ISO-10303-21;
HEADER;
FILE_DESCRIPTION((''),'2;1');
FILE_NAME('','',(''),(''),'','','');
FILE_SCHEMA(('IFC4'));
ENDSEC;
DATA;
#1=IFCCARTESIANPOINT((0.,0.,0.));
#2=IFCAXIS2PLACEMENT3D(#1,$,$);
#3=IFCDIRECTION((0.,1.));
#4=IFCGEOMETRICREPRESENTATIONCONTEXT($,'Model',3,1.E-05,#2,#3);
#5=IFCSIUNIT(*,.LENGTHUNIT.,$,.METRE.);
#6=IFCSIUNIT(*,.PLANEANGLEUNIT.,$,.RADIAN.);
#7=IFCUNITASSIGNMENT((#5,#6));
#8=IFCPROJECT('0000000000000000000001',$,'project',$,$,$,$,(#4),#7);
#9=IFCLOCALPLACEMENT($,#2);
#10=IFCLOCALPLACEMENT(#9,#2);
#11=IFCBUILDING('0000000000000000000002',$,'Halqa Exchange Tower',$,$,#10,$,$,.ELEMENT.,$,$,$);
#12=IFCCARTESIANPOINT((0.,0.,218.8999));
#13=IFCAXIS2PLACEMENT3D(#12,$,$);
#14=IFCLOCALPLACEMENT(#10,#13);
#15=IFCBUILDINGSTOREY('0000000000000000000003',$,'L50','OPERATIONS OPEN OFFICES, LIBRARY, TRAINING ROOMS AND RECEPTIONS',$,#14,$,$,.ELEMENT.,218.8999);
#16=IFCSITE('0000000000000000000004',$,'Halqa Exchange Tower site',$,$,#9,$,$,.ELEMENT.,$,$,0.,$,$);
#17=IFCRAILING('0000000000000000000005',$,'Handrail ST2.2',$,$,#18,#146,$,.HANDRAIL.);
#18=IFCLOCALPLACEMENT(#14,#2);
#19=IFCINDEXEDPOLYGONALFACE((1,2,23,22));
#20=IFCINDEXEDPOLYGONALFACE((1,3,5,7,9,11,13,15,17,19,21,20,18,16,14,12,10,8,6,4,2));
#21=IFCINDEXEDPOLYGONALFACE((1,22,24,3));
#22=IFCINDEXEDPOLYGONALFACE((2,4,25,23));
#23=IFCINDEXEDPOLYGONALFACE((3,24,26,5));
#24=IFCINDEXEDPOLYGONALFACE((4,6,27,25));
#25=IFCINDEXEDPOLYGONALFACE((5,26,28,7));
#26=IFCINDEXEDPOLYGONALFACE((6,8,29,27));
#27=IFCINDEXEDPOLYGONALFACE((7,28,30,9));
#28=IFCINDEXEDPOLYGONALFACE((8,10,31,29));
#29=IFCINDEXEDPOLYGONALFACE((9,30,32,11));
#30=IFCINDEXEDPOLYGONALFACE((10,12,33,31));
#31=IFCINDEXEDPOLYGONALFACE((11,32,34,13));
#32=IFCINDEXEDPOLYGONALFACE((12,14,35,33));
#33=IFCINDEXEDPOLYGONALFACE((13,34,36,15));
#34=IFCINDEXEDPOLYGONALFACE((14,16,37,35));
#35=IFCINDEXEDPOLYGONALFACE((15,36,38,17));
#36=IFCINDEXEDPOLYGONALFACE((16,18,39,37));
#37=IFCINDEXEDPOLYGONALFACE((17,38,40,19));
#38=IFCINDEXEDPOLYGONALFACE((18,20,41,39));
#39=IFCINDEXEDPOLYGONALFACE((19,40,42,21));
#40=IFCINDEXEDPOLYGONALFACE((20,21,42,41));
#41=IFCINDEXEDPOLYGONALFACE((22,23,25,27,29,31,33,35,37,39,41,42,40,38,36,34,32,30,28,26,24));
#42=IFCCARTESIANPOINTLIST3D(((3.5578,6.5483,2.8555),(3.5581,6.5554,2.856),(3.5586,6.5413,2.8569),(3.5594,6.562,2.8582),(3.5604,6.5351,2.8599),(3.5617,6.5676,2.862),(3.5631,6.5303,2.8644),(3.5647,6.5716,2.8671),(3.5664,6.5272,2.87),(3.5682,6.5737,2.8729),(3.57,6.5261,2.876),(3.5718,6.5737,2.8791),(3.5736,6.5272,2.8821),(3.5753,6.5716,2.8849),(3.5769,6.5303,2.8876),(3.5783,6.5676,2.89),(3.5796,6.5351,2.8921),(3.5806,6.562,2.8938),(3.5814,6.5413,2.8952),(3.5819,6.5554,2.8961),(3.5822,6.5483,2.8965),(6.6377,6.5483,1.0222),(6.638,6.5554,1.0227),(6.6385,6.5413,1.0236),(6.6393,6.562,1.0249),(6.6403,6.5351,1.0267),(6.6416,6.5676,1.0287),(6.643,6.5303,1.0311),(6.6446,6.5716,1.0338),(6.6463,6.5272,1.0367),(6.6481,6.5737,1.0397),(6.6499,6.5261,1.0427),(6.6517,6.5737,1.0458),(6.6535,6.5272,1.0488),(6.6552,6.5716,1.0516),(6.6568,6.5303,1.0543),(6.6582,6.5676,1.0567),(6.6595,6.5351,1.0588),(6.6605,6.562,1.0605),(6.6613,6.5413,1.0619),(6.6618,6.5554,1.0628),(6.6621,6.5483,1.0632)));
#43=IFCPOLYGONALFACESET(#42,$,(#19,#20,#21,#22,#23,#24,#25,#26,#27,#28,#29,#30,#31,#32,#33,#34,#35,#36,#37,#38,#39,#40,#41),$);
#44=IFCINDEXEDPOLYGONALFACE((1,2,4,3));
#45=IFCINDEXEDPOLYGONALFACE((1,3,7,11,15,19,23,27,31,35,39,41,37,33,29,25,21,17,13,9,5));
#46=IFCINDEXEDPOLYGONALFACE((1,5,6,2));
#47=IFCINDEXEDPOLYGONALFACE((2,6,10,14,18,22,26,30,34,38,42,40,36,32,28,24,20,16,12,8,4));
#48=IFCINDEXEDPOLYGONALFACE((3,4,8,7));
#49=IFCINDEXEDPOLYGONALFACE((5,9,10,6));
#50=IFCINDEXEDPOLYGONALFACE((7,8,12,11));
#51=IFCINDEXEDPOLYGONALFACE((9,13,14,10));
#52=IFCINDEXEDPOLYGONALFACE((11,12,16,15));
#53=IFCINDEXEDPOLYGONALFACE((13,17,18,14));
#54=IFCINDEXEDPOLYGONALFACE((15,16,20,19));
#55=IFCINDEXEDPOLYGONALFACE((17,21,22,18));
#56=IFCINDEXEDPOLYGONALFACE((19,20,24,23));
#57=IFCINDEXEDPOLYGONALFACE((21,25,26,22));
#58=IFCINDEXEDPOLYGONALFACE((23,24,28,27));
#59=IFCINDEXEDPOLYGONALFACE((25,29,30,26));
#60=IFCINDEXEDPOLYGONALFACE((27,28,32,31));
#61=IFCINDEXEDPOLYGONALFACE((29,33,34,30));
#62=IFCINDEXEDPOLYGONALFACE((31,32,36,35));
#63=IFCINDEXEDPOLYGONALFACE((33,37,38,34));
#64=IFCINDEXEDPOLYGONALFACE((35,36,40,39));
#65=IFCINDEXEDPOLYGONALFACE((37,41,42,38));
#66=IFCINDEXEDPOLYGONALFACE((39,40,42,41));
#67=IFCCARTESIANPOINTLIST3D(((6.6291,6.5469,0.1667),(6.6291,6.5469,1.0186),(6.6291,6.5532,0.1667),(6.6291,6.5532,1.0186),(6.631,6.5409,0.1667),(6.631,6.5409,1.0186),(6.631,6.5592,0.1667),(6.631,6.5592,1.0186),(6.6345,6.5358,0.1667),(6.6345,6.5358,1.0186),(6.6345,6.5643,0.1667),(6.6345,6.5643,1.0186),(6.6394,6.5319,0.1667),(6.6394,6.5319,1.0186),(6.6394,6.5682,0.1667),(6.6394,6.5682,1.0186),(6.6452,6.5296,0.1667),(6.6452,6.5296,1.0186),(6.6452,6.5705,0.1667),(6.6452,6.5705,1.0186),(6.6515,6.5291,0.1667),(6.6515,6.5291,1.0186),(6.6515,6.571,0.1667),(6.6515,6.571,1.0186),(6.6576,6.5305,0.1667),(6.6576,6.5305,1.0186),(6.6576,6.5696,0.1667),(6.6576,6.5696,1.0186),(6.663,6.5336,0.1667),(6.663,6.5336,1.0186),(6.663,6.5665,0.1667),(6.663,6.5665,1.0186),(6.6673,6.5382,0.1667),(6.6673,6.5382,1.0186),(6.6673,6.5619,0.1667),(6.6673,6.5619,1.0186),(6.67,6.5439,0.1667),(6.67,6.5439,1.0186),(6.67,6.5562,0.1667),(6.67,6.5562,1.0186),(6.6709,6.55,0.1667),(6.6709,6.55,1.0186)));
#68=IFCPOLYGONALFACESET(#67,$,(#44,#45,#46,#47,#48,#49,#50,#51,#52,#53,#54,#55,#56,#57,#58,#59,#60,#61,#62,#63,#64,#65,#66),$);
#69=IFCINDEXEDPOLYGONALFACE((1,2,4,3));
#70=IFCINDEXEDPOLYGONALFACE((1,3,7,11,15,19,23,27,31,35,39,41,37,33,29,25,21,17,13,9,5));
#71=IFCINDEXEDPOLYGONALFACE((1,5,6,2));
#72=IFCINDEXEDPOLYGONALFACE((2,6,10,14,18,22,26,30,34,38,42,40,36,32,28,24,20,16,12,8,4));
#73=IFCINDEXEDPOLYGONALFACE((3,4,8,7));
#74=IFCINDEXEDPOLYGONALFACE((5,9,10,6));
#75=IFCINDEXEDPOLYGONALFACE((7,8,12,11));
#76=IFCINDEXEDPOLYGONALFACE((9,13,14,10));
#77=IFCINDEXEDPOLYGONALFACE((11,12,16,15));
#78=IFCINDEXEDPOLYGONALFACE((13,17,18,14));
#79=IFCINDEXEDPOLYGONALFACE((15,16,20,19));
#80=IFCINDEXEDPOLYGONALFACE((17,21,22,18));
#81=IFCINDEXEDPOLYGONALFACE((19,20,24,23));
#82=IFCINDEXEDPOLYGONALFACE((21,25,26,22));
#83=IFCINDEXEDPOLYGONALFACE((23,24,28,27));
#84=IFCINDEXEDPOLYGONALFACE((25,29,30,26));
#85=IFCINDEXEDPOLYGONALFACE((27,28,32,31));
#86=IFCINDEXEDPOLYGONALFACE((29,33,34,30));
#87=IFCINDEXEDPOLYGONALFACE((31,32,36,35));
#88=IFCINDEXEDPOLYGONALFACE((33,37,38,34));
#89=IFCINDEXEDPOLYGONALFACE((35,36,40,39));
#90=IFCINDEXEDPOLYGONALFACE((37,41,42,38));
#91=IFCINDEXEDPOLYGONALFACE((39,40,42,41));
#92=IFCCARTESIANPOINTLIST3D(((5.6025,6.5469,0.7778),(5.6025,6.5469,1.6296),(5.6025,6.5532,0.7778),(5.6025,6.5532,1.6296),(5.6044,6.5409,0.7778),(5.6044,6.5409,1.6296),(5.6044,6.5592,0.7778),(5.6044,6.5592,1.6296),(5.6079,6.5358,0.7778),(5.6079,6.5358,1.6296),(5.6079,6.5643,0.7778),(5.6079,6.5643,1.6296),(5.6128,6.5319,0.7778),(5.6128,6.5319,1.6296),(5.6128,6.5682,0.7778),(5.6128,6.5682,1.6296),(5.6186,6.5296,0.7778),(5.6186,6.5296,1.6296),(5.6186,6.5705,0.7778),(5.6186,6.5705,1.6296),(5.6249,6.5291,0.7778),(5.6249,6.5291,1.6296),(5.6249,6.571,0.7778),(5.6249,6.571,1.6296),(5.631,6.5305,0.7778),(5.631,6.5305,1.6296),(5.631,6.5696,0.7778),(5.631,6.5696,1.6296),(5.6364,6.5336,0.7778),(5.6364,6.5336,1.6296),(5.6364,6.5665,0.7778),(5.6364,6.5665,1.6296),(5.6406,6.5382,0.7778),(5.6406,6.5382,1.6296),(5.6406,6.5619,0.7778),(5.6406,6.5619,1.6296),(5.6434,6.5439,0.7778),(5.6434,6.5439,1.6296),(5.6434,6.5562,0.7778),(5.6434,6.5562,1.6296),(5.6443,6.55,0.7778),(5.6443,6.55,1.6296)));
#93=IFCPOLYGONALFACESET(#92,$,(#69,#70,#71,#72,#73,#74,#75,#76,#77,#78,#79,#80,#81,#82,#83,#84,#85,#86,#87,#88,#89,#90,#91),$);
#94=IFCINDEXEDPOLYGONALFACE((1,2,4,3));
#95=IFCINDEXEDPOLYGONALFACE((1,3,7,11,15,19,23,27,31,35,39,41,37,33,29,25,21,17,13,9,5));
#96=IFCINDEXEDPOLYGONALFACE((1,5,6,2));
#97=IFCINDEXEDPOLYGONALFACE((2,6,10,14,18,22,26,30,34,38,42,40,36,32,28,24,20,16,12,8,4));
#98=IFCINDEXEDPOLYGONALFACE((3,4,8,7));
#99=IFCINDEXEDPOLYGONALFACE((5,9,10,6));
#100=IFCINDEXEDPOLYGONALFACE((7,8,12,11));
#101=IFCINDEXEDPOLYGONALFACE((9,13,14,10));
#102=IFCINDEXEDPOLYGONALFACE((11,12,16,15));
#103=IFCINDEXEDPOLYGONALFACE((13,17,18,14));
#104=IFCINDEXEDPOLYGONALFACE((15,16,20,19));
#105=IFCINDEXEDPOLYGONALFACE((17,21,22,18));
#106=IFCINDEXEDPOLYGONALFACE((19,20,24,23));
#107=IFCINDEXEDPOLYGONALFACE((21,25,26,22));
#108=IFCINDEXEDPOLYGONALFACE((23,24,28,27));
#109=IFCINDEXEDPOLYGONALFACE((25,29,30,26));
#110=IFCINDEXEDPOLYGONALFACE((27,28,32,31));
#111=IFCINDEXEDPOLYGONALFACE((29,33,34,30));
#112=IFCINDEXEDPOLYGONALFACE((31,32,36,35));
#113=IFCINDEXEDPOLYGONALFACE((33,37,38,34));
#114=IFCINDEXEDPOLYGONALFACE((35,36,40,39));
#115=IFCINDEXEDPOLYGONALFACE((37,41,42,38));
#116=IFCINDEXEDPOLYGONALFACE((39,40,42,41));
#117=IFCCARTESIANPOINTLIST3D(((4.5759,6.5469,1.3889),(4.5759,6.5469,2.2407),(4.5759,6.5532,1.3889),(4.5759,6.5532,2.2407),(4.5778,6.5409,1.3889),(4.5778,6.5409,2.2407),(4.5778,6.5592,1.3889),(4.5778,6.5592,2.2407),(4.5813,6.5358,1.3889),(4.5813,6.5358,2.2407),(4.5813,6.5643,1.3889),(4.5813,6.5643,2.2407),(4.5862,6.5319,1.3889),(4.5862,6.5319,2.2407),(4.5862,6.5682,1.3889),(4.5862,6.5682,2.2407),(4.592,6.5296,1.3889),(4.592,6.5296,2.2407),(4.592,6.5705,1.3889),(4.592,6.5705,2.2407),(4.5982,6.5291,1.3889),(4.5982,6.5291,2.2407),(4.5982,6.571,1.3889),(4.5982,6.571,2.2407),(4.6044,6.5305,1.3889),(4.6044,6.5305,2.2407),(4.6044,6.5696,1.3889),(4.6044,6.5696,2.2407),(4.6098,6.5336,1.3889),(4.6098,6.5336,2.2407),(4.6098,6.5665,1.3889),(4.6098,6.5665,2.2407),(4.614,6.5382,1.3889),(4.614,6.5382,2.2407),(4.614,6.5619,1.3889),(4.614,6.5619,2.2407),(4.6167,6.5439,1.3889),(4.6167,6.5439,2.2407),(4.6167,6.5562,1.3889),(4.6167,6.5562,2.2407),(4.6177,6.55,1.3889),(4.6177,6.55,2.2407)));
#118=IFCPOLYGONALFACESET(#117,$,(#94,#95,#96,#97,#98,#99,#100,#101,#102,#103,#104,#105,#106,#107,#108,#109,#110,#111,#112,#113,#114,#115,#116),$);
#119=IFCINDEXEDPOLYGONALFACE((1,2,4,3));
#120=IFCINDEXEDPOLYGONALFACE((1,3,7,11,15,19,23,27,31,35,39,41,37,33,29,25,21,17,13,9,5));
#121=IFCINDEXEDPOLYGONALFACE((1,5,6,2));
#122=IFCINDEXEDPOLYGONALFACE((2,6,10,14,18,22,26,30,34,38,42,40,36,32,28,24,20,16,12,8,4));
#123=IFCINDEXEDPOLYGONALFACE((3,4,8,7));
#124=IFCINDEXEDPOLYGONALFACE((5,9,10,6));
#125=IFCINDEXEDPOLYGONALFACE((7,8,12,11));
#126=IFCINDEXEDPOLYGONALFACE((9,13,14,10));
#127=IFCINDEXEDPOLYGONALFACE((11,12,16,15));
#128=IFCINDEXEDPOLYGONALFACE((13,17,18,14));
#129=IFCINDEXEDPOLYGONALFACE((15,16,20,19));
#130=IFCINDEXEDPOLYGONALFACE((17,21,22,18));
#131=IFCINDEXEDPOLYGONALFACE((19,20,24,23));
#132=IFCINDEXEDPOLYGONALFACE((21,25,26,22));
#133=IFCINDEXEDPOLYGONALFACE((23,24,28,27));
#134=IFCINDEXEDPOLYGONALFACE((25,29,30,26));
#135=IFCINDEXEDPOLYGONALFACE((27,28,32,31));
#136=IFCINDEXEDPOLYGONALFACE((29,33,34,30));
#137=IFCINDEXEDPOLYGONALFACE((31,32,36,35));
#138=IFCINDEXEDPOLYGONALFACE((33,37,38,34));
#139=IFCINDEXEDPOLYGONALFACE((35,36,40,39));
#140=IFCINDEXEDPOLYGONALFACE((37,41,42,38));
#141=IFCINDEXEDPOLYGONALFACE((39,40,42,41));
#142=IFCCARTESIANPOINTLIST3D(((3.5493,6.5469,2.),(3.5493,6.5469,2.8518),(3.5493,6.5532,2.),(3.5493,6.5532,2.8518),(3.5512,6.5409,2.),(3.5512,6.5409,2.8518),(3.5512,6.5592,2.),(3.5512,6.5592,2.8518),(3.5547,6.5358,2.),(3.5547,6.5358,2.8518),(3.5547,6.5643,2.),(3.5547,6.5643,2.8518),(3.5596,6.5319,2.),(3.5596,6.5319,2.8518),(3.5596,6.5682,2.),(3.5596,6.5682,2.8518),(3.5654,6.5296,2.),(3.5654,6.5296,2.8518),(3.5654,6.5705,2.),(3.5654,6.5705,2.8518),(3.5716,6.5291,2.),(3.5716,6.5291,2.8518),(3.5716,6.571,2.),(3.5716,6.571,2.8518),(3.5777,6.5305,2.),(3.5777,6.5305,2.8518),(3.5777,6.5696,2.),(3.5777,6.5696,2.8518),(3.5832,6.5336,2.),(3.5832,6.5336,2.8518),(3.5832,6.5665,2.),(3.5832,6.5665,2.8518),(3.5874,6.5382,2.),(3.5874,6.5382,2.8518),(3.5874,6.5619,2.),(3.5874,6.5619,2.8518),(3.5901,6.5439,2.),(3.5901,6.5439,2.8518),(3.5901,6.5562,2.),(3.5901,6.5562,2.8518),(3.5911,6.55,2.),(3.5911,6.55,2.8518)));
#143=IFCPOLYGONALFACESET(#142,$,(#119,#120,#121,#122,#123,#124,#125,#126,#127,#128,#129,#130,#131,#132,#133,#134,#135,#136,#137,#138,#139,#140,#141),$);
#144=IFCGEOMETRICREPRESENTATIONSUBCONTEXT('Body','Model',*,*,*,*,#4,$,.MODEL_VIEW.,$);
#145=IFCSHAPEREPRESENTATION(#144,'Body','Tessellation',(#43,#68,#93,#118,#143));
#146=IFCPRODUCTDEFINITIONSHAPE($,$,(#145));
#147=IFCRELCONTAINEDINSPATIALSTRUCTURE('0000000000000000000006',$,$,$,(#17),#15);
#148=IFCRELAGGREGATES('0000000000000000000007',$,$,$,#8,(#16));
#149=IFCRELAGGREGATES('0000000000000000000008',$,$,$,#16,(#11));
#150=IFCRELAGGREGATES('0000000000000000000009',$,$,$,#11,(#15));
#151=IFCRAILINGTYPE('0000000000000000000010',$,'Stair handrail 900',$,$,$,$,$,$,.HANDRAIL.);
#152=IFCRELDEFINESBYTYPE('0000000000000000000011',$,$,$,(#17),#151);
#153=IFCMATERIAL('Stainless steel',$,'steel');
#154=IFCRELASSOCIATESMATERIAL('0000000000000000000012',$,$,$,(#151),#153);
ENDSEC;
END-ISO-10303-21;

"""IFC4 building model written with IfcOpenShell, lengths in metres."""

from ifc_helpers import new_model, si_unit, direction, frame, origin, origin_2d, place, context, subcontext, project, spatial, circle, extrude, material, type_object, element, save


model = new_model("IFC4")

# Units and contexts
model_context = context("Model", 3, precision=1e-05, world=origin(), true_north=direction((0.0, 1.0)))
body_context = subcontext(model_context, "Body", "Model", "MODEL_VIEW")
ifc_project = project(units=[si_unit("LENGTHUNIT", "METRE"), si_unit("PLANEANGLEUNIT", "RADIAN")], contexts=[model_context])

# Site, building, storey
site_placement = place(None, origin())
site = spatial("IfcSite", under=ifc_project, at=site_placement, Name="Halqa Exchange Tower site", CompositionType="ELEMENT", RefElevation=0.0)
building_placement = place(site_placement, origin())
building = spatial("IfcBuilding", under=site, at=building_placement, Name="Halqa Exchange Tower", CompositionType="ELEMENT")
storey_placement = place(building_placement, frame((0.0, 0.0, 218.8999)))
storey = spatial("IfcBuildingStorey", under=building, at=storey_placement, Name="L50", Description="OPERATIONS OPEN OFFICES, LIBRARY, TRAINING ROOMS AND RECEPTIONS", CompositionType="ELEMENT", Elevation=218.8999)

# Railing
ifc_material_1 = material(Name="Stainless steel", Category="steel")
railing_type_1 = type_object("IfcRailingType", Name="Stair handrail 900", PredefinedType="HANDRAIL", material=ifc_material_1)
railing_1_placement = place(storey_placement, frame((6.6499, 6.55, 0.1667)))
element("IfcRailing", 1, at=railing_1_placement, inside=storey, type_object=railing_type_1, Name="Handrail ST2.2", PredefinedType="HANDRAIL", context=body_context, shape_type="SweptSolid", body=[
    extrude(circle(Radius=0.0239, at=origin_2d()), frame((0.0, 0.0, 0.876), z_axis=(-0.859291, 0.0, 0.511487), x_axis=(0.0, -1.0, 0.0)), (0.0, 0.0, 1.0), 3.5842),
    extrude(circle(Radius=0.021, at=origin_2d()), origin(), (0.0, 0.0, 1.0), 0.8518),
    extrude(circle(Radius=0.021, at=origin_2d()), frame((-1.0266, 0.0, 0.6111)), (0.0, 0.0, 1.0), 0.8518),
    extrude(circle(Radius=0.021, at=origin_2d()), frame((-2.0532, 0.0, 1.2222)), (0.0, 0.0, 1.0), 0.8518),
    extrude(circle(Radius=0.021, at=origin_2d()), frame((-3.0798, 0.0, 1.8333)), (0.0, 0.0, 1.0), 0.8518),
])

save(model, "model.ifc")
